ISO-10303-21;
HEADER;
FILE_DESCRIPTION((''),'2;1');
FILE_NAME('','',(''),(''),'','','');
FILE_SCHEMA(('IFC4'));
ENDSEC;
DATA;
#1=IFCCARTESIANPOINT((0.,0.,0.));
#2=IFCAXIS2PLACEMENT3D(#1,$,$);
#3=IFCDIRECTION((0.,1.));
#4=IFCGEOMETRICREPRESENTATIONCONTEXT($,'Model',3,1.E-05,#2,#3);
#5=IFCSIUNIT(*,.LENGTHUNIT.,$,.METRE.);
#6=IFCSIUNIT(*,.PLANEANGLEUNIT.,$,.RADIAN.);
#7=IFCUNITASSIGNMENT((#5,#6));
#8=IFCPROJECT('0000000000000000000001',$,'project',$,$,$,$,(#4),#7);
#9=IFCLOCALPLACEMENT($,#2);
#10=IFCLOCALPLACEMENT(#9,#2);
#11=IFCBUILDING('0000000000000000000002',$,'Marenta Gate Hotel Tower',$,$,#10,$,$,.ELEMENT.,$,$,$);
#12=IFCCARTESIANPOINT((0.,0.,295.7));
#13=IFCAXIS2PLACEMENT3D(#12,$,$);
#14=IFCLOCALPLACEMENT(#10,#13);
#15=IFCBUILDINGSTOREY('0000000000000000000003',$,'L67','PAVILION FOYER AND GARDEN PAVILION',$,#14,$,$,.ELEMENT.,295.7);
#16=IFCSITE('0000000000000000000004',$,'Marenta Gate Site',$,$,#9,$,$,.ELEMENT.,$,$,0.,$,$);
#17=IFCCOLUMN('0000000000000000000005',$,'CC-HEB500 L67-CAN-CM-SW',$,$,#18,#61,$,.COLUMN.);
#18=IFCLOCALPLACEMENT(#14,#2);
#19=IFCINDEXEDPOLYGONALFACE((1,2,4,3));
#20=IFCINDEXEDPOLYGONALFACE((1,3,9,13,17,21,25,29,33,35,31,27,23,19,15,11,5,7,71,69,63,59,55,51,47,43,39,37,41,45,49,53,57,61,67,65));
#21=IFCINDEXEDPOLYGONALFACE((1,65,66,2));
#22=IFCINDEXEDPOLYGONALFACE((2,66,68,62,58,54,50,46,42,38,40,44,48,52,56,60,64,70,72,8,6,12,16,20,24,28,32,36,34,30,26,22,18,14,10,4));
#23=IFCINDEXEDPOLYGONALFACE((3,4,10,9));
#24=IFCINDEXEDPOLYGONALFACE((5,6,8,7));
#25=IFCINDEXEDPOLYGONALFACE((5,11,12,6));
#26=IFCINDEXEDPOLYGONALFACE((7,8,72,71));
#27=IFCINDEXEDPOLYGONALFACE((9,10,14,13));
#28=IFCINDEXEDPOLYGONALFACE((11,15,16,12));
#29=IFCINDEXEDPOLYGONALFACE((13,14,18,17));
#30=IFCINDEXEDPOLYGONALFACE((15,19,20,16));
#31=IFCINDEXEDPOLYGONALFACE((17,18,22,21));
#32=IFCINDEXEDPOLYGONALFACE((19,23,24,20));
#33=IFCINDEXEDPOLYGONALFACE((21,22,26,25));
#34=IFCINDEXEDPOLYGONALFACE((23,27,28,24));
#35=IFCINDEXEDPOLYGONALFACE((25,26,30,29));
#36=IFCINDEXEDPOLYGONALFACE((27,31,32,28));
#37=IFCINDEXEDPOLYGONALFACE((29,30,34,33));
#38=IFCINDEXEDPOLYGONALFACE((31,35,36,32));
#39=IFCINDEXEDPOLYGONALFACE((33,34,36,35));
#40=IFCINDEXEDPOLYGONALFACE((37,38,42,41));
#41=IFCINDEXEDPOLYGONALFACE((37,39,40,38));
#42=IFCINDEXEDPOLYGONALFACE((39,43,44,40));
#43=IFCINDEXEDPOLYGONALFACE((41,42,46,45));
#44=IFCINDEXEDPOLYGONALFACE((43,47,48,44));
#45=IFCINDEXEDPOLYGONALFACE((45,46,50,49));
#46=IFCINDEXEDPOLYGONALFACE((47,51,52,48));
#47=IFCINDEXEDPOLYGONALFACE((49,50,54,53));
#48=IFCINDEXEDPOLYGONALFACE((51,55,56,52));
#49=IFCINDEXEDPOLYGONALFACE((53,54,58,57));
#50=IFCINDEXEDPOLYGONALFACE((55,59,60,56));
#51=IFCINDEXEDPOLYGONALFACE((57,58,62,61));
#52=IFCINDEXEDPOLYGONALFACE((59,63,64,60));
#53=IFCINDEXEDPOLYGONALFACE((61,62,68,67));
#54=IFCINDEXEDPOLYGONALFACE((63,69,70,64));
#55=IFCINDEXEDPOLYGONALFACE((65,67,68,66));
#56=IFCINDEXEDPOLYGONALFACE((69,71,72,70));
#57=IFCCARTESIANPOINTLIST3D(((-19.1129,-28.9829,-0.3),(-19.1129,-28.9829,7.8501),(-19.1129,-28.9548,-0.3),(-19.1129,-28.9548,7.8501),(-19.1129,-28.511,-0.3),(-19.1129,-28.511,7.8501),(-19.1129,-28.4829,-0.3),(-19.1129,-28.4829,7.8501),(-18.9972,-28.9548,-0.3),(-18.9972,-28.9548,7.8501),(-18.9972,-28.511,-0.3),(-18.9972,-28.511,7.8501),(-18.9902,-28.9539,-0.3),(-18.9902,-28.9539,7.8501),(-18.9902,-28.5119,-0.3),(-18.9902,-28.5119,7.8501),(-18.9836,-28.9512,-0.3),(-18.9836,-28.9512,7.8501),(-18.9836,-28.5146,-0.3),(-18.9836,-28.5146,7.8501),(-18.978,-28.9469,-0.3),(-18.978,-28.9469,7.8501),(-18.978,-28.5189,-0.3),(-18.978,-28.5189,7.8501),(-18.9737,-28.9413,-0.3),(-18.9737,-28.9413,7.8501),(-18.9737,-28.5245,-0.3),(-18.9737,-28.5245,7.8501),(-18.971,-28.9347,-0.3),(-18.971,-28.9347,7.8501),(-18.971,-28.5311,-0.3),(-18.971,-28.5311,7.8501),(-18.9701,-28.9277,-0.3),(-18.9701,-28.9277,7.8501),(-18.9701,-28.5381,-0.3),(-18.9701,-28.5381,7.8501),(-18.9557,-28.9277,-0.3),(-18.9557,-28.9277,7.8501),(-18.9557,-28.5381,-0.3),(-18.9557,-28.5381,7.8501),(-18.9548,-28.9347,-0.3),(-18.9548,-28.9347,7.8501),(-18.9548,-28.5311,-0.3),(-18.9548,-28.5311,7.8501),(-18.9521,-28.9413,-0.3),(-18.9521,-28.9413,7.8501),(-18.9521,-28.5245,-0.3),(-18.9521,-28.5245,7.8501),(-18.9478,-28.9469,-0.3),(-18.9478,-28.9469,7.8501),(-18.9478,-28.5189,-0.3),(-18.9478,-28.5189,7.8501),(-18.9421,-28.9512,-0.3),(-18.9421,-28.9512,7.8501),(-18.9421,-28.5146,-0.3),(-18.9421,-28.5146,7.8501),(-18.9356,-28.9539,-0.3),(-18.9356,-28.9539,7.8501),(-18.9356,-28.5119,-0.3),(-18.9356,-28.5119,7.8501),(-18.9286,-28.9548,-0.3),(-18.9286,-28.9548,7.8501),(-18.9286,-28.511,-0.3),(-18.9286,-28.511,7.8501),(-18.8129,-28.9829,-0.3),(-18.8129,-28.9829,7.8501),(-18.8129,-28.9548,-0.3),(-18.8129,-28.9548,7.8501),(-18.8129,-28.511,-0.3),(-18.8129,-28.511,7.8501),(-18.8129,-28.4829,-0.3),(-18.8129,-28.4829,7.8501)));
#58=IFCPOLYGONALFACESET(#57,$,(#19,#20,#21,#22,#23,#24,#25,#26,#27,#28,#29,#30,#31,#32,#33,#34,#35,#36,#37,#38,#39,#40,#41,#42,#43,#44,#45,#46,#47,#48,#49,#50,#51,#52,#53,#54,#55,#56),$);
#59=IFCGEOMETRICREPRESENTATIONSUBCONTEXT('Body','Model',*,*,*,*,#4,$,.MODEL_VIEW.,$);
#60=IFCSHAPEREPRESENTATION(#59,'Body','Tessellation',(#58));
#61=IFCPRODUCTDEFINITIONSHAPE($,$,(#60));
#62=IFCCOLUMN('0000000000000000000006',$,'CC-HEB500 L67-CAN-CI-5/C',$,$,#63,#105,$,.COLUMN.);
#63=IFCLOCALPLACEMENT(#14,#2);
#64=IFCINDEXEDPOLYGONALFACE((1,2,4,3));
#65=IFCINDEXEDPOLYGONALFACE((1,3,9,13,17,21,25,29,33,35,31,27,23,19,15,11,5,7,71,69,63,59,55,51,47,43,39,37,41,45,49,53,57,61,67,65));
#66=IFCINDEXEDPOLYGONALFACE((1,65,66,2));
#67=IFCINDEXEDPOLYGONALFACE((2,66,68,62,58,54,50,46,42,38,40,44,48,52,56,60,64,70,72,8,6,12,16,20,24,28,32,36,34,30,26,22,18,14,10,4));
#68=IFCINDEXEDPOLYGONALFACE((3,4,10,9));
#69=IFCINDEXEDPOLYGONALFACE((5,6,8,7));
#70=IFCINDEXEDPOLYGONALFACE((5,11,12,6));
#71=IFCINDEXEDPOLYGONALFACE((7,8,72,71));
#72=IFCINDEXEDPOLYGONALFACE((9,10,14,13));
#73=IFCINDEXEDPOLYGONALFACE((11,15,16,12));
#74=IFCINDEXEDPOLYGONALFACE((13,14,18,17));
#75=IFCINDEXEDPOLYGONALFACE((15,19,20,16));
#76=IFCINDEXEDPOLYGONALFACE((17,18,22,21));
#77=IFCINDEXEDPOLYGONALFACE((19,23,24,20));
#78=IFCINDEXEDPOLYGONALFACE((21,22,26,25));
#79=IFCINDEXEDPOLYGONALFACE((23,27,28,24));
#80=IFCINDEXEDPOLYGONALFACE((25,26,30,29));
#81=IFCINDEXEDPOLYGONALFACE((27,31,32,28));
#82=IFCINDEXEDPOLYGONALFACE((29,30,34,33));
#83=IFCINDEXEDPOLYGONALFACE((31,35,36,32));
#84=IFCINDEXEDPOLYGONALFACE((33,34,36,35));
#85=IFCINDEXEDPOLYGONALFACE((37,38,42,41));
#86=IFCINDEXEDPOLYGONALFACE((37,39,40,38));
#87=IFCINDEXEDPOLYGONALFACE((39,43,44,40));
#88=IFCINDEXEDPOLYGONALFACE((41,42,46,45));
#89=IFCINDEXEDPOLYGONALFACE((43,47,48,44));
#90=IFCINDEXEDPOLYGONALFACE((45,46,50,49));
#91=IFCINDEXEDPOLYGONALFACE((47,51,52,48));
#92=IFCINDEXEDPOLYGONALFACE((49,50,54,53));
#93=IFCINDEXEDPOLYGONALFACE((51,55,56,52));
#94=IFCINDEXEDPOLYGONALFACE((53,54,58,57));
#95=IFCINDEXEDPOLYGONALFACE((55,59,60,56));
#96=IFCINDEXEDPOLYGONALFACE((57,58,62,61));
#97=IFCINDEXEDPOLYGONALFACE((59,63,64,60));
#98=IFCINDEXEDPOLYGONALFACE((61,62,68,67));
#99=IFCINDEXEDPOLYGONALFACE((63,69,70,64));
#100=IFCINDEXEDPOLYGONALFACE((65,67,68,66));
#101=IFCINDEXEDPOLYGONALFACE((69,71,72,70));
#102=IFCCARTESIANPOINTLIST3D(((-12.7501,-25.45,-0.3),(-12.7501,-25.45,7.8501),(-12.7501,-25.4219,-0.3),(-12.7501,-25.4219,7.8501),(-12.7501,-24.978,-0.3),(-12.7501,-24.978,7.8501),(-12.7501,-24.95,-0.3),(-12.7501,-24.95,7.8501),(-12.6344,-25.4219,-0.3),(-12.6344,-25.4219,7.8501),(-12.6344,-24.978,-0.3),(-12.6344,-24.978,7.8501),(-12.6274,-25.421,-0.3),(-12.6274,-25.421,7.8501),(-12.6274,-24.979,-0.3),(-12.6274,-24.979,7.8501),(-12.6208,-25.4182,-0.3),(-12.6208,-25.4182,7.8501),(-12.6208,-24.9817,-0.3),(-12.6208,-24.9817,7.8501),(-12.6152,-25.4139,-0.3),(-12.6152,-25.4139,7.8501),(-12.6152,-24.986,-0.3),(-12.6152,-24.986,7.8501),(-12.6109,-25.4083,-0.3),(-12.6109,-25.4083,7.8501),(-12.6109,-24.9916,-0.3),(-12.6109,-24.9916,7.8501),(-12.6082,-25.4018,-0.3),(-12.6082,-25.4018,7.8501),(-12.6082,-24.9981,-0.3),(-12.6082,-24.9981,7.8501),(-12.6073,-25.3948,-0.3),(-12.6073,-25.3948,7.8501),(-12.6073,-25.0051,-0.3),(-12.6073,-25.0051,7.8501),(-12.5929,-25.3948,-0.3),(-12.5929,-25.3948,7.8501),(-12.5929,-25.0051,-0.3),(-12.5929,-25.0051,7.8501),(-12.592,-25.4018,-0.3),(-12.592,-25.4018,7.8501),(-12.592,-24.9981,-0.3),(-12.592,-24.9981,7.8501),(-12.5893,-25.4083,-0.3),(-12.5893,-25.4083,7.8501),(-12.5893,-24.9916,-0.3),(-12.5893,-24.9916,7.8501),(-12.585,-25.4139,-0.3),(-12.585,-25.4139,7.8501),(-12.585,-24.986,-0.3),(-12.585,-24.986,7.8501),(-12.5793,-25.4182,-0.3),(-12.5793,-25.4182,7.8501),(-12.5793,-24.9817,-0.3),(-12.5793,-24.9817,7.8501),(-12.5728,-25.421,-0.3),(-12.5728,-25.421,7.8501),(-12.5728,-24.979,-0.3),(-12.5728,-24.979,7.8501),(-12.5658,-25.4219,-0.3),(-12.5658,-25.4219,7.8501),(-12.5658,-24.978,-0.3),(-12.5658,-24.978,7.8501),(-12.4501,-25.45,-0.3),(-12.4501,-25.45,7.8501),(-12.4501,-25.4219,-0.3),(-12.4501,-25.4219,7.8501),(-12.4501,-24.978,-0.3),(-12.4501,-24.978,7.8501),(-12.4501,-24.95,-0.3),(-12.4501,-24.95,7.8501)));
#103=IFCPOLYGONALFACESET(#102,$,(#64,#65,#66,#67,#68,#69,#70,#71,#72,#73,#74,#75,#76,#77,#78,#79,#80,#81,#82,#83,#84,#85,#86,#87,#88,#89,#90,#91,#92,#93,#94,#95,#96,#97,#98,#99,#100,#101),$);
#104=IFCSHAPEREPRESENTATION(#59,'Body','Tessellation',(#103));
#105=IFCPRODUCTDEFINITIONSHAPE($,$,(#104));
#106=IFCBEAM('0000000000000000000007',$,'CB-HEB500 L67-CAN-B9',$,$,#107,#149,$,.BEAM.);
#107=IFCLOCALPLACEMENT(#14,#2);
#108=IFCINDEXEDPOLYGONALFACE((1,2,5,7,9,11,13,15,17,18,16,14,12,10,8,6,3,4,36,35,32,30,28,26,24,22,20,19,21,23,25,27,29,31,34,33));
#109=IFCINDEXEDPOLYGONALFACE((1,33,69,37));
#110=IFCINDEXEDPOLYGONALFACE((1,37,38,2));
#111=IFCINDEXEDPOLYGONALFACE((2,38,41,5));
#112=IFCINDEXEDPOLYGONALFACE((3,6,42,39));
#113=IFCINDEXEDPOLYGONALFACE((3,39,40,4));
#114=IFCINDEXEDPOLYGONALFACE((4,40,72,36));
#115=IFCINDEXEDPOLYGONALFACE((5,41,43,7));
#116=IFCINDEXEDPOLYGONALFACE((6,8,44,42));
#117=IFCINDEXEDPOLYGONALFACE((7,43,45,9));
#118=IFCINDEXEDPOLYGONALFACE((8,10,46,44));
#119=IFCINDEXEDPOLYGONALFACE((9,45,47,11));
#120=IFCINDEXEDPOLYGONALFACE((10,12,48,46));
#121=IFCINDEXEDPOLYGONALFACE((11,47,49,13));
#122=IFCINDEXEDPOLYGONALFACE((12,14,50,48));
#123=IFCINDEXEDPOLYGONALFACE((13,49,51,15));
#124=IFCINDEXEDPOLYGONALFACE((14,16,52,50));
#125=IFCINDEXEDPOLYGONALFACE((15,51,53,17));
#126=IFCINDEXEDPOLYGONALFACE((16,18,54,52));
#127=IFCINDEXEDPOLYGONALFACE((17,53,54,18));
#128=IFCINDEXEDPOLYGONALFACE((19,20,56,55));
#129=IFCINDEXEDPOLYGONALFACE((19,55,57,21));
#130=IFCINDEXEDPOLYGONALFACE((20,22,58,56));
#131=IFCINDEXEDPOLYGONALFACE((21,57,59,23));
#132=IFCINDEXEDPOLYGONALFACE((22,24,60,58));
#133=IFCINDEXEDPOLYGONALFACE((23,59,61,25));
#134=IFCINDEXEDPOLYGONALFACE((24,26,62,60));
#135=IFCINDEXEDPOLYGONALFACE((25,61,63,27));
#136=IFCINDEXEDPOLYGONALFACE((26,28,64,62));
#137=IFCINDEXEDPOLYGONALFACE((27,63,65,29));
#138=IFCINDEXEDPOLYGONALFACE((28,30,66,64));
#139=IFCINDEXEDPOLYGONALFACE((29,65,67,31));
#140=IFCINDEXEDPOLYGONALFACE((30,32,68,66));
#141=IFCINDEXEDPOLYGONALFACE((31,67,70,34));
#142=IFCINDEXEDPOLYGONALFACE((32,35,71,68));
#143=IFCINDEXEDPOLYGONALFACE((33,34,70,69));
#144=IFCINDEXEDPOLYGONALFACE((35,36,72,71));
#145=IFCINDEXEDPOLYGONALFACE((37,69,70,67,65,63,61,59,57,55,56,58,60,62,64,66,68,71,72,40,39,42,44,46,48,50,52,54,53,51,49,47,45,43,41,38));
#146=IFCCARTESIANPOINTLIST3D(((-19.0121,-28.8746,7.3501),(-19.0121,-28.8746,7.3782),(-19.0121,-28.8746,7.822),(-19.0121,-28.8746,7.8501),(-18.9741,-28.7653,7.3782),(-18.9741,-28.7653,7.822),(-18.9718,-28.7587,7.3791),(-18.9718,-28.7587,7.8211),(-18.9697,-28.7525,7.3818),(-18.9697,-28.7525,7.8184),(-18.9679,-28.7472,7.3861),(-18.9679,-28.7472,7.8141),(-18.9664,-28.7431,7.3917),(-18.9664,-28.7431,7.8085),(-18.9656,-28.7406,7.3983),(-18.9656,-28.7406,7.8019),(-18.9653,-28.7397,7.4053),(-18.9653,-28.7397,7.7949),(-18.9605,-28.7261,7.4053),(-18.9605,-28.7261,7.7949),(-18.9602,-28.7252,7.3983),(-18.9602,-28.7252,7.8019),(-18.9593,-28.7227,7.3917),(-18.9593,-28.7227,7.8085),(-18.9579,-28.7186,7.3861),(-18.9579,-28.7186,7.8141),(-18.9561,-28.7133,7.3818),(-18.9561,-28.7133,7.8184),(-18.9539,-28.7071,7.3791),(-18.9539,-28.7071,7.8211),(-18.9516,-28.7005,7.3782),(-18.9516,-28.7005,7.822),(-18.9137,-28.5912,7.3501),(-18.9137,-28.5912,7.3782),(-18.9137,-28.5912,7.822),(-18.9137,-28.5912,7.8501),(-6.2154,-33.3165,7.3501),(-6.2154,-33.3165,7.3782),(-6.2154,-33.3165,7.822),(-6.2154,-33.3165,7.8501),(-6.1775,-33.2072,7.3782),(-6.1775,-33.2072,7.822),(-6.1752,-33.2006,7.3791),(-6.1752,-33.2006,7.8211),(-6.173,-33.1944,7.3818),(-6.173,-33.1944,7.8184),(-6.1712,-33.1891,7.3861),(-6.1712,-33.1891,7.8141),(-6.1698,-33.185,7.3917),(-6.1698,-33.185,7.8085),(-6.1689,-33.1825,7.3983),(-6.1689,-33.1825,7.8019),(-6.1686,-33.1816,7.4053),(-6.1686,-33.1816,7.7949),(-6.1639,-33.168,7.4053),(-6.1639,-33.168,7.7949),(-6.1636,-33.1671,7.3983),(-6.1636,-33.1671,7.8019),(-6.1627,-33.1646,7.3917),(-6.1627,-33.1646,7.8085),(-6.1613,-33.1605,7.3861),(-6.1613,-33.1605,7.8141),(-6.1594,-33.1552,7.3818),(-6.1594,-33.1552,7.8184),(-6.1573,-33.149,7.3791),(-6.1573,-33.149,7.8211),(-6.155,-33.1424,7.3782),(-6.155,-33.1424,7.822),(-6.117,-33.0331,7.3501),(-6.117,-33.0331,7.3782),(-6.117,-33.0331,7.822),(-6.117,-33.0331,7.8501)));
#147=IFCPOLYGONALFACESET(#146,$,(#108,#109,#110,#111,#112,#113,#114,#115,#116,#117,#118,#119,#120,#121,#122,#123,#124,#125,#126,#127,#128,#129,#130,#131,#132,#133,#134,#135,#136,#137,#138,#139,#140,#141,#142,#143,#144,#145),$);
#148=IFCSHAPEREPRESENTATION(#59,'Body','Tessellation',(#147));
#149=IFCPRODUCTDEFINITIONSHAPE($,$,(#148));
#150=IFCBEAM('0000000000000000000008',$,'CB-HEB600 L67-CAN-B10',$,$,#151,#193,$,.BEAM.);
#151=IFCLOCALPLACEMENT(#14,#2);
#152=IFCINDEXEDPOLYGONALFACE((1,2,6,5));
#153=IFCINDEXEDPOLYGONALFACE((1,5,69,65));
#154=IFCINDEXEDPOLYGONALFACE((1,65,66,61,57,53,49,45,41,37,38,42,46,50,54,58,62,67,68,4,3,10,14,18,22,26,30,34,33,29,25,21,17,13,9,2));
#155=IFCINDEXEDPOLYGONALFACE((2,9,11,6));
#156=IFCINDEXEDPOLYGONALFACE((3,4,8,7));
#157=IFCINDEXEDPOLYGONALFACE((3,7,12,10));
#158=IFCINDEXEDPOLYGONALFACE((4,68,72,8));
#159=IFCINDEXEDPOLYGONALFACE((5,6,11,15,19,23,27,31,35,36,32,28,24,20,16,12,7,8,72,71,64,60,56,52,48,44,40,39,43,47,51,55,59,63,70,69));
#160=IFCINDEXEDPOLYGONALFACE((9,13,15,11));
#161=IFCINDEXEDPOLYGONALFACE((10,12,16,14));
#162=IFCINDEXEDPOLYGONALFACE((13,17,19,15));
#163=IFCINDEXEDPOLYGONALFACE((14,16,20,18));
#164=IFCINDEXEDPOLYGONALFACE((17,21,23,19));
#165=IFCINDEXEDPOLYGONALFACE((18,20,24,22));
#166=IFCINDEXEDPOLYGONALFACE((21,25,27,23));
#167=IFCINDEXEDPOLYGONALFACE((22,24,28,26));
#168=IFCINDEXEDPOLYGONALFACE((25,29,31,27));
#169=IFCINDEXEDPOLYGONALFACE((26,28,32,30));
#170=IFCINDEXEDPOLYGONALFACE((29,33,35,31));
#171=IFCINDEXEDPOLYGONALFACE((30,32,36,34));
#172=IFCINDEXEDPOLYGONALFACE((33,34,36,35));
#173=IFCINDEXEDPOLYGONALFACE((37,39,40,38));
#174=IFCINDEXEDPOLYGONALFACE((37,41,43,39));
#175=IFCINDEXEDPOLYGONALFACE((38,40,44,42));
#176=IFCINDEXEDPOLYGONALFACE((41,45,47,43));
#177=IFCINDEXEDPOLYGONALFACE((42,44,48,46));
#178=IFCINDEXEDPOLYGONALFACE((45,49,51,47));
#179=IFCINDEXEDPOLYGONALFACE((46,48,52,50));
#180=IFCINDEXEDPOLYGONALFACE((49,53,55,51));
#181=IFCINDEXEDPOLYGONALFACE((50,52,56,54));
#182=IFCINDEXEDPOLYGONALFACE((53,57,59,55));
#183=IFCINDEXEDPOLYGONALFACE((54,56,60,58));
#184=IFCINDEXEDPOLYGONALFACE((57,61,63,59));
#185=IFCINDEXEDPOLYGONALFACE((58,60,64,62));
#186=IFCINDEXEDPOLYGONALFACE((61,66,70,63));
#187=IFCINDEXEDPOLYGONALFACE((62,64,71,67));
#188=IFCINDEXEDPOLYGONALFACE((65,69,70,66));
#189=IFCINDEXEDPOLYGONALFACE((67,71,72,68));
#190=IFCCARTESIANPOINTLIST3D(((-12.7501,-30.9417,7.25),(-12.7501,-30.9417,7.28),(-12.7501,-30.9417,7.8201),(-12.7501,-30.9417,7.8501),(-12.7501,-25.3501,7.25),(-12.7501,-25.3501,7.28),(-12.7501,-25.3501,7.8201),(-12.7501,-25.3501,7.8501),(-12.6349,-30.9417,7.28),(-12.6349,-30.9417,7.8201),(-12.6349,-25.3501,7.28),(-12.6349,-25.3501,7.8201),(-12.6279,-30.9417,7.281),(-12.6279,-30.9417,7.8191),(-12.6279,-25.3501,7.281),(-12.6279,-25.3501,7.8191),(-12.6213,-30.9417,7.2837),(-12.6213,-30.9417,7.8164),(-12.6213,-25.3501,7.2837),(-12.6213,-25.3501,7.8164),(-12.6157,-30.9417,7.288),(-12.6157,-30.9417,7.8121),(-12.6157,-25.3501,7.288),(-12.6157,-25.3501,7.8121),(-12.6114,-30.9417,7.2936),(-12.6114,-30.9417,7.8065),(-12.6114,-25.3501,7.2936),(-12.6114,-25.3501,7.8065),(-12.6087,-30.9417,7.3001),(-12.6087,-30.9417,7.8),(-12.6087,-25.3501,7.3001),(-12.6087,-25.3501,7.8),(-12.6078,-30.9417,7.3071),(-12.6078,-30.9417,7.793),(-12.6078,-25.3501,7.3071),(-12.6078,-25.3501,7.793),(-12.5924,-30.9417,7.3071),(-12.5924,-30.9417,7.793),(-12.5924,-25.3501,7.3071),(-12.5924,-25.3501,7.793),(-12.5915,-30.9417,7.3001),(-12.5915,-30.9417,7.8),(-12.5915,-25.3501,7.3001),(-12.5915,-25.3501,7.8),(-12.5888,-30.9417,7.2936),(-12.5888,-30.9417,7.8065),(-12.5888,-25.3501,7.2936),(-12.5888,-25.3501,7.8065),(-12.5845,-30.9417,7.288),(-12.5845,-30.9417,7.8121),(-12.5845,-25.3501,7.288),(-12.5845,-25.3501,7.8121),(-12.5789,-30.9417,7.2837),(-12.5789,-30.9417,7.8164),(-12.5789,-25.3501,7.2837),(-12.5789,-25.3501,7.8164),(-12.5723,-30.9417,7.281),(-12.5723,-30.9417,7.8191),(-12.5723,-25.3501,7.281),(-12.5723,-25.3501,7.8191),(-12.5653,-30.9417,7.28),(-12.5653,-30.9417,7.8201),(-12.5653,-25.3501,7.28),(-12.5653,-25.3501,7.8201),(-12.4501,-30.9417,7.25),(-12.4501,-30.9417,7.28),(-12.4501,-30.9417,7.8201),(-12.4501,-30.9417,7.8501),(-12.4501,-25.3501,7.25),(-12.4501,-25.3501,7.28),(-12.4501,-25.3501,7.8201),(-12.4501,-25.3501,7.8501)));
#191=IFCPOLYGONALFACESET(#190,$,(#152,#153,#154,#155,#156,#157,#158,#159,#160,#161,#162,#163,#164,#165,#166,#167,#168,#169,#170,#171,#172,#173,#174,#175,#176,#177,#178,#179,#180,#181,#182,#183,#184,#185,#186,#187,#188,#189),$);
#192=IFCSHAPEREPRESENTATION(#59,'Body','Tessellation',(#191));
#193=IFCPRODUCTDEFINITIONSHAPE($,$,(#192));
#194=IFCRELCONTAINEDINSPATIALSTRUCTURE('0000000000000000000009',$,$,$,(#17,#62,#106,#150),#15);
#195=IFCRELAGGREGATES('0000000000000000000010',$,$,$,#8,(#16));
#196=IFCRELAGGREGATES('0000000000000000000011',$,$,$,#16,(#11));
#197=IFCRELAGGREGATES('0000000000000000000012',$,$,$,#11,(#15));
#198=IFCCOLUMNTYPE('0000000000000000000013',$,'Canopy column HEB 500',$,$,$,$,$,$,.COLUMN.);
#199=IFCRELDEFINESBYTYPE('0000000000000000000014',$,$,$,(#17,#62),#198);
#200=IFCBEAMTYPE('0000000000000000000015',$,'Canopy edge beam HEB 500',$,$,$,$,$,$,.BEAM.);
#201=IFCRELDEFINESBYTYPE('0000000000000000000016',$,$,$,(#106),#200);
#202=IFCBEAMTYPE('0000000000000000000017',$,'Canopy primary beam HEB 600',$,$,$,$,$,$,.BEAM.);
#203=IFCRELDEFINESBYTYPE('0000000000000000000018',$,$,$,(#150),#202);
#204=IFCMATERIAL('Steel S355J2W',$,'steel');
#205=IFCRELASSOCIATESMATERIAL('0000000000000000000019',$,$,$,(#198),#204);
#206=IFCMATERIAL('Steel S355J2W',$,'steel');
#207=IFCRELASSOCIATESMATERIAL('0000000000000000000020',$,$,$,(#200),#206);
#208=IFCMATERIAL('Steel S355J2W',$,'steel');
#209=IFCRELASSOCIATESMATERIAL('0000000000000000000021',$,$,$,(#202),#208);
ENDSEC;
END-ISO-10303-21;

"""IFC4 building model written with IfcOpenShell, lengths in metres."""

from ifc_helpers import new_model, si_unit, direction, frame, origin, origin_2d, place, context, subcontext, project, spatial, i_section, extrude, material, material_profile, profile_set, type_object, element, save


model = new_model("IFC4")

# Units and contexts
model_context = context("Model", 3, precision=1e-05, world=origin(), true_north=direction((0.0, 1.0)))
body_context = subcontext(model_context, "Body", "Model", "MODEL_VIEW")
ifc_project = project(units=[si_unit("LENGTHUNIT", "METRE"), si_unit("PLANEANGLEUNIT", "RADIAN")], contexts=[model_context])

# Site, building, storey
site_placement = place(None, origin())
site = spatial("IfcSite", under=ifc_project, at=site_placement, Name="Marenta Gate Site", CompositionType="ELEMENT", RefElevation=0.0)
building_placement = place(site_placement, origin())
building = spatial("IfcBuilding", under=site, at=building_placement, Name="Marenta Gate Hotel Tower", CompositionType="ELEMENT")
storey_placement = place(building_placement, frame((0.0, 0.0, 295.7)))
storey = spatial("IfcBuildingStorey", under=building, at=storey_placement, Name="L67", Description="PAVILION FOYER AND GARDEN PAVILION", CompositionType="ELEMENT", Elevation=295.7)

# Columns
ifc_material_1 = material(Name="Steel S355J2W", Category="steel")
ifc_material_profile_1 = material_profile(ifc_material_1, i_section(OverallWidth=0.3, OverallDepth=0.5, WebThickness=0.0144, FlangeThickness=0.0281, FilletRadius=0.0271, at=origin_2d()), Name="HEB 500")
ifc_profile_set_1 = profile_set([ifc_material_profile_1], Name="Steel S355J2W")
column_type = type_object("IfcColumnType", Name="Canopy column HEB 500", PredefinedType="COLUMN", material=ifc_profile_set_1)
for number, where, z_axis, x_axis, name in (
    (1, (-18.9629, -28.7329, -0.3), (0.0, 0.0, 1.0), (1.0, 0.0, 0.0), "CC-HEB500 L67-CAN-CM-SW"),
    (2, (-12.6001, -25.2, -0.3), (0.0, 0.0, 1.0), (1.0, 0.0, 0.0), "CC-HEB500 L67-CAN-CI-5/C"),
):
    element("IfcColumn", number, at=place(storey_placement, frame(where, z_axis=z_axis, x_axis=x_axis)), inside=storey, type_object=column_type, Name=name, PredefinedType="COLUMN", context=body_context, shape_type="SweptSolid", body=[
        extrude(i_section(OverallWidth=0.3, OverallDepth=0.5, WebThickness=0.0144, FlangeThickness=0.0281, FilletRadius=0.0271, at=origin_2d()), origin(), (0.0, 0.0, 1.0), 8.1501),
    ])

# Beams
ifc_material_2 = material(Name="Steel S355J2W", Category="steel")
ifc_material_profile_2 = material_profile(ifc_material_2, i_section(OverallWidth=0.3, OverallDepth=0.5, WebThickness=0.0144, FlangeThickness=0.0281, FilletRadius=0.0271, at=origin_2d()), Name="HEB 500")
ifc_profile_set_2 = profile_set([ifc_material_profile_2], Name="Steel S355J2W")
beam_type_1 = type_object("IfcBeamType", Name="Canopy edge beam HEB 500", PredefinedType="BEAM", material=ifc_profile_set_2)
beam_1_placement = place(storey_placement, frame((-18.9629, -28.7329, 7.6001), z_axis=(0.944705, -0.327921, 0.0), x_axis=(0.327921, 0.944705, 0.0)))
element("IfcBeam", 3, at=beam_1_placement, inside=storey, type_object=beam_type_1, Name="CB-HEB500 L67-CAN-B9", PredefinedType="BEAM", context=body_context, shape_type="SweptSolid", body=[
    extrude(i_section(OverallWidth=0.3, OverallDepth=0.5, WebThickness=0.0144, FlangeThickness=0.0281, FilletRadius=0.0271, at=origin_2d()), origin(), (0.0, 0.0, 1.0), 13.5457),
])
ifc_material_3 = material(Name="Steel S355J2W", Category="steel")
ifc_material_profile_3 = material_profile(ifc_material_3, i_section(OverallWidth=0.3, OverallDepth=0.6001, WebThickness=0.0154, FlangeThickness=0.03, FilletRadius=0.0271, at=origin_2d()), Name="HEB 600")
ifc_profile_set_3 = profile_set([ifc_material_profile_3], Name="Steel S355J2W")
beam_type_2 = type_object("IfcBeamType", Name="Canopy primary beam HEB 600", PredefinedType="BEAM", material=ifc_profile_set_3)
beam_2_placement = place(storey_placement, frame((-12.6001, -30.9417, 7.55), z_axis=(0.0, 1.0, 0.0), x_axis=(-1.0, 0.0, 0.0)))
element("IfcBeam", 4, at=beam_2_placement, inside=storey, type_object=beam_type_2, Name="CB-HEB600 L67-CAN-B10", PredefinedType="BEAM", context=body_context, shape_type="SweptSolid", body=[
    extrude(i_section(OverallWidth=0.3, OverallDepth=0.6001, WebThickness=0.0154, FlangeThickness=0.03, FilletRadius=0.0271, at=origin_2d()), origin(), (0.0, 0.0, 1.0), 5.5916),
])

save(model, "model.ifc")
